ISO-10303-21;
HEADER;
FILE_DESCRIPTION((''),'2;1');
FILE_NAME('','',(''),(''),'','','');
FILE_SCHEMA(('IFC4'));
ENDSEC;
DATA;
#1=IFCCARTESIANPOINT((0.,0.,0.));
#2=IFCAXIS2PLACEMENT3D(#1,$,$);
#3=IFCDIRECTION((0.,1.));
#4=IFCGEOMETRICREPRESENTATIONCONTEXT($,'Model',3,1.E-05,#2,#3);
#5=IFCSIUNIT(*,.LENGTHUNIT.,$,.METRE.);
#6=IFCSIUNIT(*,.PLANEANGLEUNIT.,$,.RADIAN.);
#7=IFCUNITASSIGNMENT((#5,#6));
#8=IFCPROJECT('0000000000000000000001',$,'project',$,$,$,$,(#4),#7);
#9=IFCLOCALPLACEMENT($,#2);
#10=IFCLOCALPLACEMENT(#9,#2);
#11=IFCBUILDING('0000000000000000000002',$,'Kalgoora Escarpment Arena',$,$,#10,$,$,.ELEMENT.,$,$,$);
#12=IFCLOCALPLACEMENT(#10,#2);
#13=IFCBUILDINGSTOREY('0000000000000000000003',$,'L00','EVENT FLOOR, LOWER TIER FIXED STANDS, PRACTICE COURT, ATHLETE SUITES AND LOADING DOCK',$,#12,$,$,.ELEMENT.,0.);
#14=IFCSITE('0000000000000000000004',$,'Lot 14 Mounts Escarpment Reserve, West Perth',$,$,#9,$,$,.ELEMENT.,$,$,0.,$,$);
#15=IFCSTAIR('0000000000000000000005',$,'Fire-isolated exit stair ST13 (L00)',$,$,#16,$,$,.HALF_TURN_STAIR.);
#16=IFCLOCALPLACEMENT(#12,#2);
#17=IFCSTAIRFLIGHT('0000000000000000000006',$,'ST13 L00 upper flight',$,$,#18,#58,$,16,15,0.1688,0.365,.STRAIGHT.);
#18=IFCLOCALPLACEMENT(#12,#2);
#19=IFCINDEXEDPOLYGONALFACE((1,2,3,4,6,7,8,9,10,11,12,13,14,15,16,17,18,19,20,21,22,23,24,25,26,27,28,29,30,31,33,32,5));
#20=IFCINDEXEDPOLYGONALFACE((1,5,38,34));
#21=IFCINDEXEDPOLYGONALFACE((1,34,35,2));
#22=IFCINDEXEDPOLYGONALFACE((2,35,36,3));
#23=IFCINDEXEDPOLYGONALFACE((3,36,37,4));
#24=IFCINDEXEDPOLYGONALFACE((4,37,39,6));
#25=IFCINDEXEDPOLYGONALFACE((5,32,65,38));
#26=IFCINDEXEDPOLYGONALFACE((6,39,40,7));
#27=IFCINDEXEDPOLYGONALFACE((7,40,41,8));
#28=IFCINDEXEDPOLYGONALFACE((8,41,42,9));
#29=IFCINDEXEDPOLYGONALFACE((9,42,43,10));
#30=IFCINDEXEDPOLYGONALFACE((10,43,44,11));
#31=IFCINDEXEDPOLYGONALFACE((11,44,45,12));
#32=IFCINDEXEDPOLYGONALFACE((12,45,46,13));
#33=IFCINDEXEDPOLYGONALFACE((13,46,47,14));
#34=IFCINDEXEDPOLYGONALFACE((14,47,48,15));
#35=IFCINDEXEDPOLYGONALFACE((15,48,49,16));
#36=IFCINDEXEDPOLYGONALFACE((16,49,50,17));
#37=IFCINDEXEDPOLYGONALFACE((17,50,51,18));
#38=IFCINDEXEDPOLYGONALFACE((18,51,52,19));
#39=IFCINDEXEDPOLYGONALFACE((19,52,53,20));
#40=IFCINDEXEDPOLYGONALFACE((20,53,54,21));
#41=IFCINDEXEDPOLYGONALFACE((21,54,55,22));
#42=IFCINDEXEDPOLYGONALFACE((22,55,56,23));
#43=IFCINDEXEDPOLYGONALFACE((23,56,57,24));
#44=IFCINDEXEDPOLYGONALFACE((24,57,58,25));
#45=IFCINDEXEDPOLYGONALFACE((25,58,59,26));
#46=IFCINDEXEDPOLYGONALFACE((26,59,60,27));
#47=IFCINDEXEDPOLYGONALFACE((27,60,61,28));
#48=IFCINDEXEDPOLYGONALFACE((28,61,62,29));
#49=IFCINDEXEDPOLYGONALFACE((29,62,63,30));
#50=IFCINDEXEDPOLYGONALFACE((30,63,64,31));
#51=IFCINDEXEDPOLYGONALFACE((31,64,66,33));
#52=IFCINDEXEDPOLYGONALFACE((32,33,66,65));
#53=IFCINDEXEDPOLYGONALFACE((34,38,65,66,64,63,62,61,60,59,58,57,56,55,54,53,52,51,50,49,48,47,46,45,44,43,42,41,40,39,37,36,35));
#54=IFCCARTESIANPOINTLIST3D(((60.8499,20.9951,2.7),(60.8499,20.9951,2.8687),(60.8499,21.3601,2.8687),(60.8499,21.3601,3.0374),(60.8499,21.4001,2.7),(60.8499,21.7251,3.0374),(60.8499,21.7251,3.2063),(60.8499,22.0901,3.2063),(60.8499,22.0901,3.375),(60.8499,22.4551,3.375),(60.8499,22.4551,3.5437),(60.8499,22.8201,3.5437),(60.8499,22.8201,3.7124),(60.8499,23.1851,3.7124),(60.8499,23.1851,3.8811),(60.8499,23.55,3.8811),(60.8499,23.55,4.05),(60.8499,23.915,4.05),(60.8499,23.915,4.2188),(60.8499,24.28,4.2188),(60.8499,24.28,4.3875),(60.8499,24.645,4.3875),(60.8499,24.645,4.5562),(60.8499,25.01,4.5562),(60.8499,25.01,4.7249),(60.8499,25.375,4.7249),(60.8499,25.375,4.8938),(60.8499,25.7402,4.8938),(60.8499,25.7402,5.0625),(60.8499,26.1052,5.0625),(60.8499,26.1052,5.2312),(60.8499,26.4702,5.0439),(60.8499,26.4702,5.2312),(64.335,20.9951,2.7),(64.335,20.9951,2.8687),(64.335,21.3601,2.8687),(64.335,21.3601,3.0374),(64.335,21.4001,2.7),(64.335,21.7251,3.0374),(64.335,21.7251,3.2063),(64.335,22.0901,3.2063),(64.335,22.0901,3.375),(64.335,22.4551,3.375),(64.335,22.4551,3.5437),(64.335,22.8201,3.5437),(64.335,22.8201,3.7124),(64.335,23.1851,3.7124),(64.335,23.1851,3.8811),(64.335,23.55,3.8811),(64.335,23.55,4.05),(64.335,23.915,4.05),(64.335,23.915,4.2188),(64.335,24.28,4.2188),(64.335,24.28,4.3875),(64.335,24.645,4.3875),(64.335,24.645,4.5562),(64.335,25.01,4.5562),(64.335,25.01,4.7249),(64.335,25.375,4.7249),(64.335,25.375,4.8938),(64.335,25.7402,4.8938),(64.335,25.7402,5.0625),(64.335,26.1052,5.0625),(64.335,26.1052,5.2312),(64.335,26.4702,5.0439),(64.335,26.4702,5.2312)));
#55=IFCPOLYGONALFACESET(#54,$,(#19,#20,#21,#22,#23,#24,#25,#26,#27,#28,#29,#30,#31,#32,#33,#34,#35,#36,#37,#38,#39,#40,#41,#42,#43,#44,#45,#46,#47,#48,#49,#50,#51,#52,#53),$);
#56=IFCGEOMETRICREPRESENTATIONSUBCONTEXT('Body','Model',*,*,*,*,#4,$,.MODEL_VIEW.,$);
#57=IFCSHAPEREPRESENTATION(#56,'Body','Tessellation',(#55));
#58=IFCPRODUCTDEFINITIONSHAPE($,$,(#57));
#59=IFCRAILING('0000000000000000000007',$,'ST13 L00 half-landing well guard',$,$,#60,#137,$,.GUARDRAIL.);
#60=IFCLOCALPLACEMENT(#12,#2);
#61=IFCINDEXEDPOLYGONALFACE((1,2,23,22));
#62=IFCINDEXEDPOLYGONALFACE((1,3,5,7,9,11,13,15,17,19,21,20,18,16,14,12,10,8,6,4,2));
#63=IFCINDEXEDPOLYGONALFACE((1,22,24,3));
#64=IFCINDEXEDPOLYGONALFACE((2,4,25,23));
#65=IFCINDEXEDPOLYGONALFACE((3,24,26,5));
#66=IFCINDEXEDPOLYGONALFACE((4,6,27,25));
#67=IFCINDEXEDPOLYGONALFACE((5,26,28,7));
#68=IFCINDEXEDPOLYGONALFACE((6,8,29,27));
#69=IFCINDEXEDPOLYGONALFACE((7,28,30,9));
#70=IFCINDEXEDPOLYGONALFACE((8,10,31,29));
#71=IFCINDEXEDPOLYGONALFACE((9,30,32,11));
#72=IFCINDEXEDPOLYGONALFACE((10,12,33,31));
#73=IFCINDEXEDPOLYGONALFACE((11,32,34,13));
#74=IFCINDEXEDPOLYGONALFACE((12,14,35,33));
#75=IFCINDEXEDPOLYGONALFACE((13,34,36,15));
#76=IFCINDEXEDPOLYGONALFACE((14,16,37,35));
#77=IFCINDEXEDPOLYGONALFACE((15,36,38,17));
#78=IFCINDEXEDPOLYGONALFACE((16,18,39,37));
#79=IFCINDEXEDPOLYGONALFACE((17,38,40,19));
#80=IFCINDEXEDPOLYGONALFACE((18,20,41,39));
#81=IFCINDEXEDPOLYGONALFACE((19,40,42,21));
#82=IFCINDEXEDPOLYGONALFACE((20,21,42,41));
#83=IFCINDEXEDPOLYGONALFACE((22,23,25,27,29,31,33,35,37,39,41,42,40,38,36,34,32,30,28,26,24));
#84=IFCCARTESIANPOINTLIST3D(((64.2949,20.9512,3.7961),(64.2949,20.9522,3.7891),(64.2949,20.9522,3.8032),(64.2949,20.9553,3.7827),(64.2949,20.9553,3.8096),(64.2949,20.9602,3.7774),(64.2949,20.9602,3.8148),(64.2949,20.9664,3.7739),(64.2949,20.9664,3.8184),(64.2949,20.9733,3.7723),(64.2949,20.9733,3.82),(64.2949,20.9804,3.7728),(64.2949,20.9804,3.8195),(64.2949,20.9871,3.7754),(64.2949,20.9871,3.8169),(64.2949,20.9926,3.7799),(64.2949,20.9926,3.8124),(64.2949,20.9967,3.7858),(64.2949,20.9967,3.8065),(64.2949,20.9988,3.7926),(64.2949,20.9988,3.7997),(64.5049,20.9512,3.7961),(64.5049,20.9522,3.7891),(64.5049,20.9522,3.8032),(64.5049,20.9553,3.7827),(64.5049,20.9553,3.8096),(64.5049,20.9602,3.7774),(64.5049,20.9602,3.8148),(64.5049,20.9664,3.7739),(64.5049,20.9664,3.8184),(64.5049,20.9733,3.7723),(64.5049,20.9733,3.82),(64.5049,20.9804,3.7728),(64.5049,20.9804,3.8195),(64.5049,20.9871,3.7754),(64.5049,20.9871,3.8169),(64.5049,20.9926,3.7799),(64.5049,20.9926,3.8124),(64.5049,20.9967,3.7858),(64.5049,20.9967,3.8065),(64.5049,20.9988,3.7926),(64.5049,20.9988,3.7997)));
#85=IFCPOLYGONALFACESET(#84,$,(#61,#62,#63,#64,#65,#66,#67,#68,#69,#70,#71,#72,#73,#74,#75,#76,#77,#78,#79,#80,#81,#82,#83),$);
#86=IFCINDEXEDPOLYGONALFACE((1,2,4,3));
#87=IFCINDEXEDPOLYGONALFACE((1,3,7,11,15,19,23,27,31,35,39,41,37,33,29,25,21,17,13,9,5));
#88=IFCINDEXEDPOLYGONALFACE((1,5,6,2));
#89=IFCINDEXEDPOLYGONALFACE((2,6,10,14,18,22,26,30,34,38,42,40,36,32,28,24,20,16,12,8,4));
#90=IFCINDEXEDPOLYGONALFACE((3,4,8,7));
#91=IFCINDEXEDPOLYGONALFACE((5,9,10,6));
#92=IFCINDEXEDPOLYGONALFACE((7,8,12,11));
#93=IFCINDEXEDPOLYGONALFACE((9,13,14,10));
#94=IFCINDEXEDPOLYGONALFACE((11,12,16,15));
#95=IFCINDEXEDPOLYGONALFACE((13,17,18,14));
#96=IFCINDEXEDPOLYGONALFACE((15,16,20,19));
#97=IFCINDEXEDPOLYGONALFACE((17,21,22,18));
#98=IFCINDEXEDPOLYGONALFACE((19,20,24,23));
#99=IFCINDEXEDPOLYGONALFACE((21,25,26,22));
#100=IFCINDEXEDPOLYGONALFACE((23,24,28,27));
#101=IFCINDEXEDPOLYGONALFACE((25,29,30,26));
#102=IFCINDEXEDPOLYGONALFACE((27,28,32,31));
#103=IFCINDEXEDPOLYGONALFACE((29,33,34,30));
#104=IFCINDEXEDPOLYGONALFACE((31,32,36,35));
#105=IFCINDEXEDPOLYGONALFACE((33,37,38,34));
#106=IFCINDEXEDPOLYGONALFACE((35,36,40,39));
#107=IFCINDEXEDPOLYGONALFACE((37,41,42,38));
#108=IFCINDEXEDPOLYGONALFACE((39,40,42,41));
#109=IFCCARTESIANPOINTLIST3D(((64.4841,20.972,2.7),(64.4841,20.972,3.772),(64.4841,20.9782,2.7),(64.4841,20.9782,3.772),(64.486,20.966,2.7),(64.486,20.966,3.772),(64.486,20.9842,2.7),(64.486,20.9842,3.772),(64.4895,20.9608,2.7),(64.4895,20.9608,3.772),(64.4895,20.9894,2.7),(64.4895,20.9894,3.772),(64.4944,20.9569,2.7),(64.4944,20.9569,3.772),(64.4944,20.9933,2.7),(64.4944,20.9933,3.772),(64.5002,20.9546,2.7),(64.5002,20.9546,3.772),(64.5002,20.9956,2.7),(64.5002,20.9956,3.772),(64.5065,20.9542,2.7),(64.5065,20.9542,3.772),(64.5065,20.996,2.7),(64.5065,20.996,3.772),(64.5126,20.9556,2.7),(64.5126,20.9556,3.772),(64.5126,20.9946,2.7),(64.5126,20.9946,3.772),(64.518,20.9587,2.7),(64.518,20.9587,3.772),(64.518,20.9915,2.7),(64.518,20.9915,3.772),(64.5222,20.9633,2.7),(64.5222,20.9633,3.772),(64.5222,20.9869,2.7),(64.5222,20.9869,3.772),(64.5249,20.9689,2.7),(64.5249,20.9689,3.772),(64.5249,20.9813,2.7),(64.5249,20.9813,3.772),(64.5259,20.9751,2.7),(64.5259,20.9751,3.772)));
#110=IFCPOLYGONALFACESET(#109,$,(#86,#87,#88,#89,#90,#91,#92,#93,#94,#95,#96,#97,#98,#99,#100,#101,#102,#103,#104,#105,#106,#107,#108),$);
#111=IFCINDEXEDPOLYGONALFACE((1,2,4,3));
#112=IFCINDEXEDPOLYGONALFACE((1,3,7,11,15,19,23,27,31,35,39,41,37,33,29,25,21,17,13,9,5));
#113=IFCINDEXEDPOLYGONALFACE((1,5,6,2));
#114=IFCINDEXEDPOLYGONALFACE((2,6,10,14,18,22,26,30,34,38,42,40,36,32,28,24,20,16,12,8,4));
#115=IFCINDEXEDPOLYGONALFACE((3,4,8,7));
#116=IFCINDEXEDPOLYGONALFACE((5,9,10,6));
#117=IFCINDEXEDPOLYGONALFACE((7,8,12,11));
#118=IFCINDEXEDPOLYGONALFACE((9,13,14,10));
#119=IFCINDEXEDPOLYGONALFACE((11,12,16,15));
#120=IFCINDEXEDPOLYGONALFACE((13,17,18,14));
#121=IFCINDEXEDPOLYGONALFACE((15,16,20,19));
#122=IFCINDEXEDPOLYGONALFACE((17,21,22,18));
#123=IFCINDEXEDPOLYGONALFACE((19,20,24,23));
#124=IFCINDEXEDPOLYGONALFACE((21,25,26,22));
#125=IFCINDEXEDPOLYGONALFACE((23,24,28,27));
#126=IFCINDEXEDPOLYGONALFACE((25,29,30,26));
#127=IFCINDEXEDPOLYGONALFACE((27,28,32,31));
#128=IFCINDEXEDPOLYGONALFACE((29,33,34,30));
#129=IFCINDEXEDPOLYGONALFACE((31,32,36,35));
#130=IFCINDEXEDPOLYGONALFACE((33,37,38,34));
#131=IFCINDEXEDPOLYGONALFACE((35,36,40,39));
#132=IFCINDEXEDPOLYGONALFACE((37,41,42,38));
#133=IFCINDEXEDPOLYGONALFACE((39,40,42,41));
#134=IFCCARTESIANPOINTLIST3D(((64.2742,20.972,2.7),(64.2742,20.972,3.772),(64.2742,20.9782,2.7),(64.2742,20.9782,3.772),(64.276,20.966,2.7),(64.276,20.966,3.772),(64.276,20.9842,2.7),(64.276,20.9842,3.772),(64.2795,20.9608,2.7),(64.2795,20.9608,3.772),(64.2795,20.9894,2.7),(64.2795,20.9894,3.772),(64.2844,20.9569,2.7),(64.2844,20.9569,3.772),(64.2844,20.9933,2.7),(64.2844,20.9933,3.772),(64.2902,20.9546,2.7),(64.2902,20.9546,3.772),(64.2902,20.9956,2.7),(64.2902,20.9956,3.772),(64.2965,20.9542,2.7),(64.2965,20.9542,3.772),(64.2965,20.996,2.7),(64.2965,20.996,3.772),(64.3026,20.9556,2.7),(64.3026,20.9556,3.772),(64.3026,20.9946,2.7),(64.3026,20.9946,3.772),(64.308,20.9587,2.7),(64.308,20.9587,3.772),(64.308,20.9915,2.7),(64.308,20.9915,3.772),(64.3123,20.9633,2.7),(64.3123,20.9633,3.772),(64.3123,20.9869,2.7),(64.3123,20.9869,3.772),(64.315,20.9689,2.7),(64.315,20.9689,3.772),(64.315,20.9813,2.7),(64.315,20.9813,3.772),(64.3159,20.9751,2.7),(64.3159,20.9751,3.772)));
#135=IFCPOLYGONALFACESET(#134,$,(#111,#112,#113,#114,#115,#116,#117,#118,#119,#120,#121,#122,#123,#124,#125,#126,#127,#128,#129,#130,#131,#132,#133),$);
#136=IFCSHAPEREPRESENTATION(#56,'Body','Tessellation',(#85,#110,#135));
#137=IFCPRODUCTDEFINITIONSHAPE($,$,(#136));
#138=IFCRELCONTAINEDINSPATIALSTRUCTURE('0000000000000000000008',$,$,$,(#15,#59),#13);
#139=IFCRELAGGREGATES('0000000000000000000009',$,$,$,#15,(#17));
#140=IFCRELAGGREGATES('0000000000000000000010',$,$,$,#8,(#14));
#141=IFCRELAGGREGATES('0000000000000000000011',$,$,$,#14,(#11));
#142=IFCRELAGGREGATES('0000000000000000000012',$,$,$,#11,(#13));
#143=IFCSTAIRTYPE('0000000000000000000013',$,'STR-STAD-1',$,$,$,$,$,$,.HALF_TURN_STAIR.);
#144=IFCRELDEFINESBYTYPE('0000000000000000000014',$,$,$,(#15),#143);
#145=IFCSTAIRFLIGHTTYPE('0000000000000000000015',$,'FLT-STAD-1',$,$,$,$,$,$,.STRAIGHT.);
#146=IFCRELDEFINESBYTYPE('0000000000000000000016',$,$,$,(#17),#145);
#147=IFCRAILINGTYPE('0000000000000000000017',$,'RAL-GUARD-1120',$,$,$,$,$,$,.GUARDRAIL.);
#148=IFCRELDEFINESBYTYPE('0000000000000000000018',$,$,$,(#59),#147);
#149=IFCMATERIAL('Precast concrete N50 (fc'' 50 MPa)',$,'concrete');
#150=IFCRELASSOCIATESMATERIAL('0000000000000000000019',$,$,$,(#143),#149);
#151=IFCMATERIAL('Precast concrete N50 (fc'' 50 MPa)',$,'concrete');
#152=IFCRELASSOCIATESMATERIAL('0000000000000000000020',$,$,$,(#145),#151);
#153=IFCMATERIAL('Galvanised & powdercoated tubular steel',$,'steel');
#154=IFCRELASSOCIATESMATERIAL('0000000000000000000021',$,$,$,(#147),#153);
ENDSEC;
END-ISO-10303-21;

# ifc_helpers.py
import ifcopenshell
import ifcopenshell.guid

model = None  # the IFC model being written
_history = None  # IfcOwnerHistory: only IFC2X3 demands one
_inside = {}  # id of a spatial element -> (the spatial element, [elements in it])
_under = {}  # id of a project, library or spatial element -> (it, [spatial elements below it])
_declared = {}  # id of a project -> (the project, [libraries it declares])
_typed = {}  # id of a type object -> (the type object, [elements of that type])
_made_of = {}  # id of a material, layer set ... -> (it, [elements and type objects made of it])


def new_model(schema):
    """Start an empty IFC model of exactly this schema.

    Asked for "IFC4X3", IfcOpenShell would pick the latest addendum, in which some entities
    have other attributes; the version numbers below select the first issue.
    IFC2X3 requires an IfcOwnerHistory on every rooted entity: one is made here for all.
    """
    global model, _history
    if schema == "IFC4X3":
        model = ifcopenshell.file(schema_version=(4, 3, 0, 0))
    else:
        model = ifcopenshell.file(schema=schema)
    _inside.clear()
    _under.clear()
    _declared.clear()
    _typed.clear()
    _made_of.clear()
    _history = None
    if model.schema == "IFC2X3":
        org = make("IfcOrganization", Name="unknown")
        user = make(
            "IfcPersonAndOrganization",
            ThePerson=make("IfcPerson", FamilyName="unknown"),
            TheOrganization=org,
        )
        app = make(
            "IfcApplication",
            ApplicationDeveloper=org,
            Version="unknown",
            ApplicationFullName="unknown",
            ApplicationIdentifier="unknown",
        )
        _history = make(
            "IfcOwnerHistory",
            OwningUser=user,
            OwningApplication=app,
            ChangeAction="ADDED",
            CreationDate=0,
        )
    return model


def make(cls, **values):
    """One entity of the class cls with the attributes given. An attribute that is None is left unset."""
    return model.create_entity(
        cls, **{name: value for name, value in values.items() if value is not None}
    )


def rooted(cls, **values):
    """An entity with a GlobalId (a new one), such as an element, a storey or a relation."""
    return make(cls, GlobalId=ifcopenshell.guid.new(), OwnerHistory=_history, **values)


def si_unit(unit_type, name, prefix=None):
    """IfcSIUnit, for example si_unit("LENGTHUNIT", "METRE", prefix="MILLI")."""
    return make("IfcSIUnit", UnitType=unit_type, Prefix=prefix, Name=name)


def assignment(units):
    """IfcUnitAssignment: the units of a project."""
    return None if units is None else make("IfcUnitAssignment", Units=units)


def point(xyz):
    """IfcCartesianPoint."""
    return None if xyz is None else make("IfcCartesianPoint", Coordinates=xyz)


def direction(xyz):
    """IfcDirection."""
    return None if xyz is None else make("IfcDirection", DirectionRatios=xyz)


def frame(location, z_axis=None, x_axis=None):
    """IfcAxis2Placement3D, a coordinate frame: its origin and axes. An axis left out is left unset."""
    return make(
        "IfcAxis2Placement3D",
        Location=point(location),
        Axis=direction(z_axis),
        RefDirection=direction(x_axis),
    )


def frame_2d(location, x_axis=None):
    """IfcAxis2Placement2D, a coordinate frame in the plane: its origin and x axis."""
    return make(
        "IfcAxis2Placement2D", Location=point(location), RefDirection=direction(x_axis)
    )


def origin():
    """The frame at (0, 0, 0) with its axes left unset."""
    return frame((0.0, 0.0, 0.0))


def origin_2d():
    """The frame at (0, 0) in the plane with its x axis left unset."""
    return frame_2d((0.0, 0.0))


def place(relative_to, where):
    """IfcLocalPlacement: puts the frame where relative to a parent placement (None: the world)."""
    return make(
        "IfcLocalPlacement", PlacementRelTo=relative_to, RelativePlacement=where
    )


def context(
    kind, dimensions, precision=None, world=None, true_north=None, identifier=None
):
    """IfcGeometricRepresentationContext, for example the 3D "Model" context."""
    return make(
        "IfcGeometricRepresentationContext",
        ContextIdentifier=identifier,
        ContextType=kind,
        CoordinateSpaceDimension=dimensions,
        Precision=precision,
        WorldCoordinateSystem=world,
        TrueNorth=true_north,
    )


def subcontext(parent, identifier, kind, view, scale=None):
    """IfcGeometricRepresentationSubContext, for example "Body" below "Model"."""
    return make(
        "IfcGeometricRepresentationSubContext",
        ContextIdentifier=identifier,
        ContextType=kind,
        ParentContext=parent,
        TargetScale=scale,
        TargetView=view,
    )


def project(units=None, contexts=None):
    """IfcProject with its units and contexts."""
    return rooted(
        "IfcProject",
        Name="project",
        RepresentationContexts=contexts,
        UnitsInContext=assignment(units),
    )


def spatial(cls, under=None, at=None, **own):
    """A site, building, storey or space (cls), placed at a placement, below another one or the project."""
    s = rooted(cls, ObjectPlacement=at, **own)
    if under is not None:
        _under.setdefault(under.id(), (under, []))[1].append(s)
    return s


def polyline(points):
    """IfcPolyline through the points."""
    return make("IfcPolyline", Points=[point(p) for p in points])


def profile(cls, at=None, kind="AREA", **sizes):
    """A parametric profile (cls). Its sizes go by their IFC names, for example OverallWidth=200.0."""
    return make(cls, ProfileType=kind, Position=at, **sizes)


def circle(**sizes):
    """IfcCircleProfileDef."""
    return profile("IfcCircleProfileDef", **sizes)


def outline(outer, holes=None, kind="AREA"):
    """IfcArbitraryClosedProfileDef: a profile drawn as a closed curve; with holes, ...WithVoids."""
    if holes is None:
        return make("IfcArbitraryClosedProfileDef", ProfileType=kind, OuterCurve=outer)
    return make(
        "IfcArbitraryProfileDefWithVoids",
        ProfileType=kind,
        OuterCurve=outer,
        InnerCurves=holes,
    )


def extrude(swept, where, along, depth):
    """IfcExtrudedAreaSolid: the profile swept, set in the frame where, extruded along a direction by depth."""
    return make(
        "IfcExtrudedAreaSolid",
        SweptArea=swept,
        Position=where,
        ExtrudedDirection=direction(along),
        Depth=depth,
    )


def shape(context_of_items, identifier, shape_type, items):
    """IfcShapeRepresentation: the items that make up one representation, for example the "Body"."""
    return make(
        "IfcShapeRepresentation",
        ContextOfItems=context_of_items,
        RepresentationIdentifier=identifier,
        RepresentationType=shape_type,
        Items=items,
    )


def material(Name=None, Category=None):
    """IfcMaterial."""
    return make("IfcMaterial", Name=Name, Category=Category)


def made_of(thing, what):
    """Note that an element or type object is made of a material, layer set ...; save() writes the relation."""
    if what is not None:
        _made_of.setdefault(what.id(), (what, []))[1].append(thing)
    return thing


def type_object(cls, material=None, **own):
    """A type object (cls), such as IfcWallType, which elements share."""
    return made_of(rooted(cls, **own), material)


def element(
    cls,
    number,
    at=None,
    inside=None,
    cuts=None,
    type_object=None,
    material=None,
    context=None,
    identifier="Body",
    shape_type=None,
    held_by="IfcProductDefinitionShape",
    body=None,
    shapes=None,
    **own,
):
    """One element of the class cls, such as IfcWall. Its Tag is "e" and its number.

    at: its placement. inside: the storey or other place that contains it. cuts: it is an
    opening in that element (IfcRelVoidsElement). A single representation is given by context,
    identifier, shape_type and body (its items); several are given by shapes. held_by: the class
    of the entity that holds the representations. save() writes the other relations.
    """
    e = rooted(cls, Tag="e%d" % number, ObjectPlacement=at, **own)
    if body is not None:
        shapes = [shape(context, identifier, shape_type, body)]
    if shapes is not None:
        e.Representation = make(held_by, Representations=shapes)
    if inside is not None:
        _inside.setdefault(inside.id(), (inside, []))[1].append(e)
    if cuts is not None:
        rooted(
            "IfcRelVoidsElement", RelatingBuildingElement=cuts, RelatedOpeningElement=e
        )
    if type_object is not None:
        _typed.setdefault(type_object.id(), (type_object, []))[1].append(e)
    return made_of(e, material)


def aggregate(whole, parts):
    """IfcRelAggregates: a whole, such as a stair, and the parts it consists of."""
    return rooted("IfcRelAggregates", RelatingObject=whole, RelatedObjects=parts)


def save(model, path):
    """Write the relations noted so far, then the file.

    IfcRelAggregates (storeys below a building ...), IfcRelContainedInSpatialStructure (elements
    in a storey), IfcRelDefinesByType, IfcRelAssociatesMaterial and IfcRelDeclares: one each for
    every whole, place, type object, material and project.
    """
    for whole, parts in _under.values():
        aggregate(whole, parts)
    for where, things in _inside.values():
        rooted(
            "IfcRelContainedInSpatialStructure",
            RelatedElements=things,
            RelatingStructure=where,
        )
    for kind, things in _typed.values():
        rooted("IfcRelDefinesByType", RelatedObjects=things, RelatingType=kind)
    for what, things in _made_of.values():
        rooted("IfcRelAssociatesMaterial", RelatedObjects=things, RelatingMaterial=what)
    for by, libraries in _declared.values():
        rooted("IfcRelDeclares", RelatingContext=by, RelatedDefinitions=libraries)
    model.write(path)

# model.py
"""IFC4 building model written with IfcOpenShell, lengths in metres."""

from ifc_helpers import new_model, si_unit, direction, frame, origin, origin_2d, place, context, subcontext, project, spatial, polyline, circle, outline, extrude, material, type_object, element, aggregate, save


model = new_model("IFC4")

# Units and contexts
model_context = context("Model", 3, precision=1e-05, world=origin(), true_north=direction((0.0, 1.0)))
body_context = subcontext(model_context, "Body", "Model", "MODEL_VIEW")
ifc_project = project(units=[si_unit("LENGTHUNIT", "METRE"), si_unit("PLANEANGLEUNIT", "RADIAN")], contexts=[model_context])

# Site, building, storey
site_placement = place(None, origin())
site = spatial("IfcSite", under=ifc_project, at=site_placement, Name="Lot 14 Mounts Escarpment Reserve, West Perth", CompositionType="ELEMENT", RefElevation=0.0)
building_placement = place(site_placement, origin())
building = spatial("IfcBuilding", under=site, at=building_placement, Name="Kalgoora Escarpment Arena", CompositionType="ELEMENT")
storey_placement = place(building_placement, origin())
storey = spatial("IfcBuildingStorey", under=building, at=storey_placement, Name="L00", Description="EVENT FLOOR, LOWER TIER FIXED STANDS, PRACTICE COURT, ATHLETE SUITES AND LOADING DOCK", CompositionType="ELEMENT", Elevation=0.0)

# Stair, stair flight
ifc_material_1 = material(Name="Precast concrete N50 (fc' 50 MPa)", Category="concrete")
stair_type = type_object("IfcStairType", Name="STR-STAD-1", PredefinedType="HALF_TURN_STAIR", material=ifc_material_1)
stair_placement = place(storey_placement, origin())
stair = element("IfcStair", 1, at=stair_placement, inside=storey, type_object=stair_type, Name="Fire-isolated exit stair ST13 (L00)", PredefinedType="HALF_TURN_STAIR")
ifc_material_2 = material(Name="Precast concrete N50 (fc' 50 MPa)", Category="concrete")
stair_flight_type = type_object("IfcStairFlightType", Name="FLT-STAD-1", PredefinedType="STRAIGHT", material=ifc_material_2)
stair_flight_placement = place(storey_placement, frame((62.5925, 20.9951, 2.7), z_axis=(0.0, 0.0, 1.0), x_axis=(0.0, 1.0, 0.0)))
stair_flight = element("IfcStairFlight", 2, at=stair_flight_placement, type_object=stair_flight_type, Name="ST13 L00 upper flight", NumberOfRisers=16, NumberOfTreads=15, PredefinedType="STRAIGHT", RiserHeight=0.1688, TreadLength=0.365, context=body_context, shape_type="SweptSolid", body=[
    extrude(outline(polyline([(0.0, 0.0), (0.0, 0.1687), (0.365, 0.1687), (0.365, 0.3374), (0.73, 0.3374), (0.73, 0.5063), (1.095, 0.5063), (1.095, 0.675), (1.46, 0.675), (1.46, 0.8438), (1.825, 0.8438), (1.825, 1.0125), (2.1899, 1.0125), (2.1899, 1.1812), (2.5549, 1.1812), (2.5549, 1.3501), (2.9199, 1.3501), (2.9199, 1.5188), (3.2849, 1.5188), (3.2849, 1.6875), (3.6499, 1.6875), (3.6499, 1.8562), (4.0149, 1.8562), (4.0149, 2.0249), (4.3799, 2.0249), (4.3799, 2.1938), (4.7451, 2.1938), (4.7451, 2.3625), (5.1101, 2.3625), (5.1101, 2.5312), (5.4751, 2.5312), (5.4751, 2.7), (5.4751, 2.344), (0.405, 0.0), (0.0, 0.0)])), frame((0.0, 1.7427, 0.0), z_axis=(0.0, -1.0, 0.0), x_axis=(1.0, 0.0, 0.0)), (0.0, 0.0, 1.0), 3.4851),
])
aggregate(stair, [stair_flight])

# Railing
ifc_material_3 = material(Name="Galvanised & powdercoated tubular steel", Category="steel")
railing_type_1 = type_object("IfcRailingType", Name="RAL-GUARD-1120", PredefinedType="GUARDRAIL", material=ifc_material_3)
railing_placement = place(storey_placement, frame((64.5049, 20.9751, 2.7)))
element("IfcRailing", 3, at=railing_placement, inside=storey, type_object=railing_type_1, Name="ST13 L00 half-landing well guard", PredefinedType="GUARDRAIL", context=body_context, shape_type="SweptSolid", body=[
    extrude(circle(Radius=0.0239, at=origin_2d()), frame((0.0, 0.0, 1.0962), z_axis=(-1.0, 0.0, 0.0), x_axis=(0.0, -1.0, 0.0)), (0.0, 0.0, 1.0), 0.21),
    extrude(circle(Radius=0.021, at=origin_2d()), origin(), (0.0, 0.0, 1.0), 1.072),
    extrude(circle(Radius=0.021, at=origin_2d()), frame((-0.21, 0.0, 0.0)), (0.0, 0.0, 1.0), 1.072),
])

save(model, "model.ifc")
